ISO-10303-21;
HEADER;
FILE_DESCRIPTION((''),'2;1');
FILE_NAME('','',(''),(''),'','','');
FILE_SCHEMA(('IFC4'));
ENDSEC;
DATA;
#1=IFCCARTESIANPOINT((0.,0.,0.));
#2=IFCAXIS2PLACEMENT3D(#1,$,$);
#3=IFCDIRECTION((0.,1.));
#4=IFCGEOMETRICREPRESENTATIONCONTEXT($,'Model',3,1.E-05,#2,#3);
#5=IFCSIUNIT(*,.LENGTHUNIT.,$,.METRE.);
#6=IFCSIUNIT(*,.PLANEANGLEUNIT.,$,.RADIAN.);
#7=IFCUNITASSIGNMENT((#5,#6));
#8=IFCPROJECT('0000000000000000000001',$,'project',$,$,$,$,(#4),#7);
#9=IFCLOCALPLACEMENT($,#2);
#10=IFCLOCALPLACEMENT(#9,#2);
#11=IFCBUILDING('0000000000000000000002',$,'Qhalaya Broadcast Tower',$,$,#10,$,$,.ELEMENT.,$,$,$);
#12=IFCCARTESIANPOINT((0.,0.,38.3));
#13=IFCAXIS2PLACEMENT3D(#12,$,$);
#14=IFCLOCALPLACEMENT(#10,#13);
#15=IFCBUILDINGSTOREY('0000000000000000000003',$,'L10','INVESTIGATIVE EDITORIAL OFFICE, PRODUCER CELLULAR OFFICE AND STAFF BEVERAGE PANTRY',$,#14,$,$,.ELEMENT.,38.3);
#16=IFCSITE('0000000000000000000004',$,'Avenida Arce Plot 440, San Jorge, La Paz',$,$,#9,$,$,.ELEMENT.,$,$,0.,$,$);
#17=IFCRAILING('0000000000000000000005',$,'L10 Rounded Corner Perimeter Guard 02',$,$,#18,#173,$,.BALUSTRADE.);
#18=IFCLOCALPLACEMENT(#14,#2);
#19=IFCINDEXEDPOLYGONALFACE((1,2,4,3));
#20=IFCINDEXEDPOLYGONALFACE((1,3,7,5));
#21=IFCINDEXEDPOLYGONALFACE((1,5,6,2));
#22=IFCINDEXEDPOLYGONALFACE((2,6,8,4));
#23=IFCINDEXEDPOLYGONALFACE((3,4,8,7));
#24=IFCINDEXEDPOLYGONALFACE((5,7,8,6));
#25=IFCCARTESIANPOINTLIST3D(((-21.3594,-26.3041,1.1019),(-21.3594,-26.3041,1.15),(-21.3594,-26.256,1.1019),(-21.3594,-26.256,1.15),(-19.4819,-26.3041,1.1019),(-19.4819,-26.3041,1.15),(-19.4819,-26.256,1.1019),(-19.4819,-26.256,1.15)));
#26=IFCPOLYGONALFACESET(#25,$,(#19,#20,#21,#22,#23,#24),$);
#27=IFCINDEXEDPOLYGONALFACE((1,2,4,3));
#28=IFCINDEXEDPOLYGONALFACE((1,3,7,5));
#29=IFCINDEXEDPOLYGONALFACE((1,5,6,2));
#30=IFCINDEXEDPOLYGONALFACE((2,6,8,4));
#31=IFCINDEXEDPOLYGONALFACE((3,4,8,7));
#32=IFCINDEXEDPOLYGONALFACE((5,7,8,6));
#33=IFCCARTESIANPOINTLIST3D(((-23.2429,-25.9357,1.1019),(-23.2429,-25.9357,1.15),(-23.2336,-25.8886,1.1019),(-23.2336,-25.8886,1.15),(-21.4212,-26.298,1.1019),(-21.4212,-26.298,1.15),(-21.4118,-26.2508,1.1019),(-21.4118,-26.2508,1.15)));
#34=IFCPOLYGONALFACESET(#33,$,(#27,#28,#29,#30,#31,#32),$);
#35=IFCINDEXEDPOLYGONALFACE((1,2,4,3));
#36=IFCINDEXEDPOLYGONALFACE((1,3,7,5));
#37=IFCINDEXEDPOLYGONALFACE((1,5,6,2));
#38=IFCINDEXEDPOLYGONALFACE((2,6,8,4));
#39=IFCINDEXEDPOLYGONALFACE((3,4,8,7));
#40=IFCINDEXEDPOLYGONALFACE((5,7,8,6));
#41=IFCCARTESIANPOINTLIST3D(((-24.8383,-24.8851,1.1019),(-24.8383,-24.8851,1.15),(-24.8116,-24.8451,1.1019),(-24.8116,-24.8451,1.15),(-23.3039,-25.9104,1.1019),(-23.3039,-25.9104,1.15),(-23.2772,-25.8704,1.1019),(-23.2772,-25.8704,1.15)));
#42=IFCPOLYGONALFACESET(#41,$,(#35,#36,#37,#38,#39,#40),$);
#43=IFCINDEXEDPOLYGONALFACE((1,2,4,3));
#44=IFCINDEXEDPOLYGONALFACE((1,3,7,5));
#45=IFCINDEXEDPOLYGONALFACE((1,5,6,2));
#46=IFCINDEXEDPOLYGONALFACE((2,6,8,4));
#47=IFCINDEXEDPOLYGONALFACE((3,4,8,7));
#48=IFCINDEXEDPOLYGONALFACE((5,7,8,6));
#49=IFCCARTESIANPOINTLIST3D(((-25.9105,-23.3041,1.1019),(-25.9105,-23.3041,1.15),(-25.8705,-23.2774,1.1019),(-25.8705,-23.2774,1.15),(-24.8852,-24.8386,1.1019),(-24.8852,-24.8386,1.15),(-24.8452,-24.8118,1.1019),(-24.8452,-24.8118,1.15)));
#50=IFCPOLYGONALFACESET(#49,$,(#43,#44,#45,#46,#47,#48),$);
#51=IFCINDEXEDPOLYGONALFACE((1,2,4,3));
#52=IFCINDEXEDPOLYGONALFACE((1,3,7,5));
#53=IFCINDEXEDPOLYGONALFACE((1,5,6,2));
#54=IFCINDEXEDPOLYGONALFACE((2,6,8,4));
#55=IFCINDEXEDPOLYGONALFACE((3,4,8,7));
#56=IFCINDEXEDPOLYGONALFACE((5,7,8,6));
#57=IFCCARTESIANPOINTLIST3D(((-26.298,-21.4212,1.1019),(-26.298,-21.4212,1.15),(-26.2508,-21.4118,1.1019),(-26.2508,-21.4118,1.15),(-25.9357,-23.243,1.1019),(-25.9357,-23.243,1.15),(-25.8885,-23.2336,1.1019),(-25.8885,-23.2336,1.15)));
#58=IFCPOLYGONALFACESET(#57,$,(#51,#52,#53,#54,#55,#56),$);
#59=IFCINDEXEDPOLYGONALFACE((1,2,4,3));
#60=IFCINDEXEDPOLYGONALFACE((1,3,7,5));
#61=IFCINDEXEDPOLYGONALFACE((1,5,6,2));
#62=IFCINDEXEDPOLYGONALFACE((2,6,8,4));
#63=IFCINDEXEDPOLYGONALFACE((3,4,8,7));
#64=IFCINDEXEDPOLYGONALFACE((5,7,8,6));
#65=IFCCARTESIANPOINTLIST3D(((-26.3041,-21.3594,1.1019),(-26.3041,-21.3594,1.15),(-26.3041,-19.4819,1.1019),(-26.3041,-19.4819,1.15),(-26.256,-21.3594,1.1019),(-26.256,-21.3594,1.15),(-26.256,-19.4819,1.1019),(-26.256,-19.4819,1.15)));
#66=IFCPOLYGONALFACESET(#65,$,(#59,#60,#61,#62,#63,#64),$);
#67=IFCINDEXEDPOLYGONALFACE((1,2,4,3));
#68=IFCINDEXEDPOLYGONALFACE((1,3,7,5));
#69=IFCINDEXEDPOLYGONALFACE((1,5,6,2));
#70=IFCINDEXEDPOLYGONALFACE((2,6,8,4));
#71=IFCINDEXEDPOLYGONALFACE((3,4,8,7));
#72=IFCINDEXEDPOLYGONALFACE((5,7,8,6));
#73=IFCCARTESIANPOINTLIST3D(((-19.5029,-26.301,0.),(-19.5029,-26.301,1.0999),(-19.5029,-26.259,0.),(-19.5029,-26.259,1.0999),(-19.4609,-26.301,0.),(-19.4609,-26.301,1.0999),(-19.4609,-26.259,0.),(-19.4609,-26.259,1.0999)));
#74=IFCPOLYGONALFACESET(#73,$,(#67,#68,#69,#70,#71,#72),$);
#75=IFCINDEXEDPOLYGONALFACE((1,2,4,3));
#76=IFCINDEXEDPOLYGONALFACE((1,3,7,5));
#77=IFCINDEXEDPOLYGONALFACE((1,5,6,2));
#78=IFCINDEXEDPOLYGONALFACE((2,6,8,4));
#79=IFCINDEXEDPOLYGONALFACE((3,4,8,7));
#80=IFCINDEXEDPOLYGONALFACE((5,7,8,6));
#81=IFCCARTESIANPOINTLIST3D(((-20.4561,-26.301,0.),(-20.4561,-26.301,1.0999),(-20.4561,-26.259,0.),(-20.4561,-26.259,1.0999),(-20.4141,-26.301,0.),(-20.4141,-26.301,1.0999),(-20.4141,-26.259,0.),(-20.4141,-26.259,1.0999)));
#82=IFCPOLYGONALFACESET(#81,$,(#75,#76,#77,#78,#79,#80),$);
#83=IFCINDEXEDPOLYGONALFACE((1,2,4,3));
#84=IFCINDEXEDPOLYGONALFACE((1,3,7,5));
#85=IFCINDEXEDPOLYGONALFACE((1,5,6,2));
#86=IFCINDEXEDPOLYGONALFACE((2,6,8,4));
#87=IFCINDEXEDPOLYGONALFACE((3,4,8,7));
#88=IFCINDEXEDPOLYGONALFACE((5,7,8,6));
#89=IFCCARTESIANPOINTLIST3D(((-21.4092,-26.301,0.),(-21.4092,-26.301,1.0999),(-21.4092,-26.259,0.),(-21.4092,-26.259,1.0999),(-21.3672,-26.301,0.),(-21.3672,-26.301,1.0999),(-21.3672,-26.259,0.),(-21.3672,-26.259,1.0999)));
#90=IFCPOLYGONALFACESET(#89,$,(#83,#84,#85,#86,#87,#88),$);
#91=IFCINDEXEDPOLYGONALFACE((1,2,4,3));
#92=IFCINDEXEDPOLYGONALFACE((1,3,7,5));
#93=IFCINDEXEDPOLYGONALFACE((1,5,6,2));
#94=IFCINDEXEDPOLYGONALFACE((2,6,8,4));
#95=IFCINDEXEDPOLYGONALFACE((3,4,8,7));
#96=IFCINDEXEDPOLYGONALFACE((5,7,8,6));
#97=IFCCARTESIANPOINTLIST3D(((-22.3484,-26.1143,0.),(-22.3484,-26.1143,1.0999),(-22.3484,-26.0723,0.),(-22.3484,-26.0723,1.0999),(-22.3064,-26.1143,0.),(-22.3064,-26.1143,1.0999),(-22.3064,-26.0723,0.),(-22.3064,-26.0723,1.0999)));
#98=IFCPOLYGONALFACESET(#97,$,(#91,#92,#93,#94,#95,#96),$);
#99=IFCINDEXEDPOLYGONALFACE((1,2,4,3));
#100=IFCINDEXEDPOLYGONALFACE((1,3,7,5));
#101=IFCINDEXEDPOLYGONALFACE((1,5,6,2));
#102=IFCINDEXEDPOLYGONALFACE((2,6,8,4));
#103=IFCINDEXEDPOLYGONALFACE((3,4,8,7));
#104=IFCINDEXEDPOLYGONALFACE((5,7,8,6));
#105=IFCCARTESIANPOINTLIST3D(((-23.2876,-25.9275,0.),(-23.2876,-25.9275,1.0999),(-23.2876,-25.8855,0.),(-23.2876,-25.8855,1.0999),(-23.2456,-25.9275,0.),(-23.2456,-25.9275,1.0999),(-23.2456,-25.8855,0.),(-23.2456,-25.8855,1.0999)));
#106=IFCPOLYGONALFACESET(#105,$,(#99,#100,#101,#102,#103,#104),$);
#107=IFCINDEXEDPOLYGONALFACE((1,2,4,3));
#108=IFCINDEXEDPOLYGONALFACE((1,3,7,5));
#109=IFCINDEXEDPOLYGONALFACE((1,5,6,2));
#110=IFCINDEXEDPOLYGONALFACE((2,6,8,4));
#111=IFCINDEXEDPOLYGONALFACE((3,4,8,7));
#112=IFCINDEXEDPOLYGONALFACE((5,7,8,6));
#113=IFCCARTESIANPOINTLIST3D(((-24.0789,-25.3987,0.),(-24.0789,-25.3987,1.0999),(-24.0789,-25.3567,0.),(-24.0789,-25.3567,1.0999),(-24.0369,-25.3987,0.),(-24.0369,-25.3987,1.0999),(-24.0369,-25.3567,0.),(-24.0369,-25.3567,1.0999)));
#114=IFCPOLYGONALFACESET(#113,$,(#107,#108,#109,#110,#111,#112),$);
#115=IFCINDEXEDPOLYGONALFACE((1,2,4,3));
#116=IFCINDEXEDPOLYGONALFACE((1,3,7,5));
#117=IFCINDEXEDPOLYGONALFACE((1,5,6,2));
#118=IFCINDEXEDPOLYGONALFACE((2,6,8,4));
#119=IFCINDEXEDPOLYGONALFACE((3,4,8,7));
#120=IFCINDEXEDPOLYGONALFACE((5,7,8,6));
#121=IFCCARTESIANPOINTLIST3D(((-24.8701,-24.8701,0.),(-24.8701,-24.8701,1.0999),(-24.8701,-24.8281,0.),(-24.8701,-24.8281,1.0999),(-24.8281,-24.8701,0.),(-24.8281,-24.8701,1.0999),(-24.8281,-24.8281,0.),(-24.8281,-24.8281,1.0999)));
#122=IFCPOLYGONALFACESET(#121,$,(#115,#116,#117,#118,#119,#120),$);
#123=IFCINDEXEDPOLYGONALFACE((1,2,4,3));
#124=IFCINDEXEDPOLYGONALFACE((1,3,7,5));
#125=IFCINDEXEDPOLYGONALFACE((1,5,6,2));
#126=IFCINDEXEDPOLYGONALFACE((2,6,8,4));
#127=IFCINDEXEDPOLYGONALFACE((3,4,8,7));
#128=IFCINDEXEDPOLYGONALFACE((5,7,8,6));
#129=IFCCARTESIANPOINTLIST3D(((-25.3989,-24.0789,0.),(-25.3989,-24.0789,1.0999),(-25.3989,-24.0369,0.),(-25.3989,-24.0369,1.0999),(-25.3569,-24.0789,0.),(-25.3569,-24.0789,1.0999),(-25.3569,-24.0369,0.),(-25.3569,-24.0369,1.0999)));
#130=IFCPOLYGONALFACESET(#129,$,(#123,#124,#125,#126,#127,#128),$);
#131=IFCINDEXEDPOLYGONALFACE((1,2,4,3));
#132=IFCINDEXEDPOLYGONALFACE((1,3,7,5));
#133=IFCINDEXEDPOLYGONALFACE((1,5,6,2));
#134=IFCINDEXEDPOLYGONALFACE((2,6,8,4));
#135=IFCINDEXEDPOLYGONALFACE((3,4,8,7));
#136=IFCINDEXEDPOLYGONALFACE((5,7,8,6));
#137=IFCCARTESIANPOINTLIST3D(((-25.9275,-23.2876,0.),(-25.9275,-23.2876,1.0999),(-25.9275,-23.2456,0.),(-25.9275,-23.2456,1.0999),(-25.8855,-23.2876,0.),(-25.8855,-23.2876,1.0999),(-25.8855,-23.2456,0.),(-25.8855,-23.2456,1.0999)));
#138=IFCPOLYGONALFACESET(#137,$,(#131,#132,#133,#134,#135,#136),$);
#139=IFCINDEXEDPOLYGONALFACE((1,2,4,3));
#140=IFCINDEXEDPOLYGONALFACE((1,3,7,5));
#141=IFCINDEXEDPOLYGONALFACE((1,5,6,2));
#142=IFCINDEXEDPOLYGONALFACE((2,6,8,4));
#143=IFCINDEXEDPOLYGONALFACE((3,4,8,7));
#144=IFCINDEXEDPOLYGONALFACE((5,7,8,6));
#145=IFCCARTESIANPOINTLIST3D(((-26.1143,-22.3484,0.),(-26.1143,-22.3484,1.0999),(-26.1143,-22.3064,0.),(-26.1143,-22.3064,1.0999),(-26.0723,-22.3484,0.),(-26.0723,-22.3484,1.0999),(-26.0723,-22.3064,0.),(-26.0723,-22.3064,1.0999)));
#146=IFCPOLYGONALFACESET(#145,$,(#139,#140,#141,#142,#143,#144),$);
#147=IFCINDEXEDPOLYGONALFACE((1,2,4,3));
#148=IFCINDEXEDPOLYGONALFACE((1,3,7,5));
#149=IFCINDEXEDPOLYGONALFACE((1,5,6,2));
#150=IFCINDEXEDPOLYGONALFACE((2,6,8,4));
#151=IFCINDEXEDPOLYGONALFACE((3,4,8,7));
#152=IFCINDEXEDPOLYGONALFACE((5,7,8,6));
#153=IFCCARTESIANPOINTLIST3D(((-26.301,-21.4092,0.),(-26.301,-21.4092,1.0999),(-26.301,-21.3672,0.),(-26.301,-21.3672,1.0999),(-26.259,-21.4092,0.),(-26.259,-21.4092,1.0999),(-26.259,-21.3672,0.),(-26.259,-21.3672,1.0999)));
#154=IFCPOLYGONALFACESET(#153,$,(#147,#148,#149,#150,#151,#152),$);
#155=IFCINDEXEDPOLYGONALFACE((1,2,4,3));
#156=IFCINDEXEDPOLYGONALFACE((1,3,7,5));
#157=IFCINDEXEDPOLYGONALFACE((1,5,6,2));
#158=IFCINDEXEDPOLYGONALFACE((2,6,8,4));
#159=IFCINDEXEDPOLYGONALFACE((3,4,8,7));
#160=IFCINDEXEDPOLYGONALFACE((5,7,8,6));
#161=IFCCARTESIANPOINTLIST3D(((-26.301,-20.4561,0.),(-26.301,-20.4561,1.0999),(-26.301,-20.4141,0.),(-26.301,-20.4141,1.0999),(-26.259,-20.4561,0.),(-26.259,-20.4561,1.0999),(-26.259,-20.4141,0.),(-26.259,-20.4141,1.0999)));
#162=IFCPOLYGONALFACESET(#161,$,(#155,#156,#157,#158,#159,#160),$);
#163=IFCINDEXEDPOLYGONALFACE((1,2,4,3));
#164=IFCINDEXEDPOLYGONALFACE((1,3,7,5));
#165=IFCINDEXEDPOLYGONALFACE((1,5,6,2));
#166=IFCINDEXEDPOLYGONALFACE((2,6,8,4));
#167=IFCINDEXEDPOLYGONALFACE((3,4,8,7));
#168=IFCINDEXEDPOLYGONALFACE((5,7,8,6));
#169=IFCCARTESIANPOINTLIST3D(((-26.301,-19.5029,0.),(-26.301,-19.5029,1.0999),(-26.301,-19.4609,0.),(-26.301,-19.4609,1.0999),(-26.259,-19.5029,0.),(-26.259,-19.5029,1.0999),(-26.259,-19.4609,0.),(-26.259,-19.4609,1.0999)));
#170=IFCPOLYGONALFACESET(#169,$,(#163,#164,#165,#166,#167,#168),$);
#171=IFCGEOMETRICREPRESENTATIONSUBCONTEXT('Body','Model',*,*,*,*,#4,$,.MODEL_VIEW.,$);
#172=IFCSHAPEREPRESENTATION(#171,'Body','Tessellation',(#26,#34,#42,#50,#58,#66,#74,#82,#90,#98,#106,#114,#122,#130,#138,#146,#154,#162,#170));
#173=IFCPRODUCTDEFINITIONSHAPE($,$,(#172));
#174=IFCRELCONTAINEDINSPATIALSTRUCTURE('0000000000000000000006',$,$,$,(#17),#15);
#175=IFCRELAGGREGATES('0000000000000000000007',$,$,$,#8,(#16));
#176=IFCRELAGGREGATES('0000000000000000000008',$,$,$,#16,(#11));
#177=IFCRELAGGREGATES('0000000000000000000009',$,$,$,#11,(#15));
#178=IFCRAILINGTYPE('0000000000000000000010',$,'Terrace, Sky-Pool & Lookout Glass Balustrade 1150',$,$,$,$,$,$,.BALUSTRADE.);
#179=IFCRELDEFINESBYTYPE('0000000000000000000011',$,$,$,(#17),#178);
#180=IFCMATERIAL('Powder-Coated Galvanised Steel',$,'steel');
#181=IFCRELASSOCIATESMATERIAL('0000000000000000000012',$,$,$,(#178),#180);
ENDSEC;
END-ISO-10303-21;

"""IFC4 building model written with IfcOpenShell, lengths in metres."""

from ifc_helpers import new_model, si_unit, direction, frame, origin, origin_2d, place, context, subcontext, project, spatial, rectangle, extrude, material, type_object, element, save


model = new_model("IFC4")

# Units and contexts
model_context = context("Model", 3, precision=1e-05, world=origin(), true_north=direction((0.0, 1.0)))
body_context = subcontext(model_context, "Body", "Model", "MODEL_VIEW")
ifc_project = project(units=[si_unit("LENGTHUNIT", "METRE"), si_unit("PLANEANGLEUNIT", "RADIAN")], contexts=[model_context])

# Site, building, storey
site_placement = place(None, origin())
site = spatial("IfcSite", under=ifc_project, at=site_placement, Name="Avenida Arce Plot 440, San Jorge, La Paz", CompositionType="ELEMENT", RefElevation=0.0)
building_placement = place(site_placement, origin())
building = spatial("IfcBuilding", under=site, at=building_placement, Name="Qhalaya Broadcast Tower", CompositionType="ELEMENT")
storey_placement = place(building_placement, frame((0.0, 0.0, 38.3)))
storey = spatial("IfcBuildingStorey", under=building, at=storey_placement, Name="L10", Description="INVESTIGATIVE EDITORIAL OFFICE, PRODUCER CELLULAR OFFICE AND STAFF BEVERAGE PANTRY", CompositionType="ELEMENT", Elevation=38.3)

# Railing
ifc_material_1 = material(Name="Powder-Coated Galvanised Steel", Category="steel")
railing_type = type_object("IfcRailingType", Name="Terrace, Sky-Pool & Lookout Glass Balustrade 1150", PredefinedType="BALUSTRADE", material=ifc_material_1)
railing_placement = place(storey_placement, frame((-19.4819, -26.28, 0.0)))
element("IfcRailing", 1, at=railing_placement, inside=storey, type_object=railing_type, Name="L10 Rounded Corner Perimeter Guard 02", PredefinedType="BALUSTRADE", context=body_context, shape_type="SweptSolid", body=[
    extrude(rectangle(XDim=0.0481, YDim=0.0481, at=origin_2d()), frame((0.0, 0.0, 1.126), z_axis=(-1.0, 0.0, 0.0), x_axis=(0.0, -1.0, 0.0)), (0.0, 0.0, 1.0), 1.8774),
    extrude(rectangle(XDim=0.0481, YDim=0.0481, at=origin_2d()), frame((-1.9346, 0.0056, 1.126), z_axis=(-0.980796, 0.195037, 0.0), x_axis=(-0.195037, -0.980796, 0.0)), (0.0, 0.0, 1.0), 1.8574),
    extrude(rectangle(XDim=0.0481, YDim=0.0481, at=origin_2d()), frame((-3.8086, 0.3896, 1.126), z_axis=(-0.831478, 0.555558, 0.0), x_axis=(-0.555558, -0.831478, 0.0)), (0.0, 0.0, 1.0), 1.8455),
    extrude(rectangle(XDim=0.0481, YDim=0.0481, at=origin_2d()), frame((-5.3833, 1.4548, 1.126), z_axis=(-0.555558, 0.831478, 0.0), x_axis=(-0.831478, -0.555558, 0.0)), (0.0, 0.0, 1.0), 1.8455),
    extrude(rectangle(XDim=0.0481, YDim=0.0481, at=origin_2d()), frame((-6.4302, 3.0417, 1.126), z_axis=(-0.195037, 0.980796, 0.0), x_axis=(-0.980796, -0.195037, 0.0)), (0.0, 0.0, 1.0), 1.8574),
    extrude(rectangle(XDim=0.0481, YDim=0.0481, at=origin_2d()), frame((-6.7981, 4.9207, 1.126), z_axis=(0.0, 1.0, 0.0), x_axis=(-1.0, 0.0, 0.0)), (0.0, 0.0, 1.0), 1.8774),
    extrude(rectangle(XDim=0.042, YDim=0.042, at=origin_2d()), origin(), (0.0, 0.0, 1.0), 1.0999),
    extrude(rectangle(XDim=0.042, YDim=0.042, at=origin_2d()), frame((-0.9531, 0.0, 0.0)), (0.0, 0.0, 1.0), 1.0999),
    extrude(rectangle(XDim=0.042, YDim=0.042, at=origin_2d()), frame((-1.9062, 0.0, 0.0)), (0.0, 0.0, 1.0), 1.0999),
    extrude(rectangle(XDim=0.042, YDim=0.042, at=origin_2d()), frame((-2.8455, 0.1868, 0.0)), (0.0, 0.0, 1.0), 1.0999),
    extrude(rectangle(XDim=0.042, YDim=0.042, at=origin_2d()), frame((-3.7847, 0.3735, 0.0)), (0.0, 0.0, 1.0), 1.0999),
    extrude(rectangle(XDim=0.042, YDim=0.042, at=origin_2d()), frame((-4.5759, 0.9023, 0.0)), (0.0, 0.0, 1.0), 1.0999),
    extrude(rectangle(XDim=0.042, YDim=0.042, at=origin_2d()), frame((-5.3672, 1.4309, 0.0)), (0.0, 0.0, 1.0), 1.0999),
    extrude(rectangle(XDim=0.042, YDim=0.042, at=origin_2d()), frame((-5.896, 2.2222, 0.0)), (0.0, 0.0, 1.0), 1.0999),
    extrude(rectangle(XDim=0.042, YDim=0.042, at=origin_2d()), frame((-6.4246, 3.0134, 0.0)), (0.0, 0.0, 1.0), 1.0999),
    extrude(rectangle(XDim=0.042, YDim=0.042, at=origin_2d()), frame((-6.6113, 3.9526, 0.0)), (0.0, 0.0, 1.0), 1.0999),
    extrude(rectangle(XDim=0.042, YDim=0.042, at=origin_2d()), frame((-6.7981, 4.8918, 0.0)), (0.0, 0.0, 1.0), 1.0999),
    extrude(rectangle(XDim=0.042, YDim=0.042, at=origin_2d()), frame((-6.7981, 5.845, 0.0)), (0.0, 0.0, 1.0), 1.0999),
    extrude(rectangle(XDim=0.042, YDim=0.042, at=origin_2d()), frame((-6.7981, 6.7981, 0.0)), (0.0, 0.0, 1.0), 1.0999),
])

save(model, "model.ifc")
